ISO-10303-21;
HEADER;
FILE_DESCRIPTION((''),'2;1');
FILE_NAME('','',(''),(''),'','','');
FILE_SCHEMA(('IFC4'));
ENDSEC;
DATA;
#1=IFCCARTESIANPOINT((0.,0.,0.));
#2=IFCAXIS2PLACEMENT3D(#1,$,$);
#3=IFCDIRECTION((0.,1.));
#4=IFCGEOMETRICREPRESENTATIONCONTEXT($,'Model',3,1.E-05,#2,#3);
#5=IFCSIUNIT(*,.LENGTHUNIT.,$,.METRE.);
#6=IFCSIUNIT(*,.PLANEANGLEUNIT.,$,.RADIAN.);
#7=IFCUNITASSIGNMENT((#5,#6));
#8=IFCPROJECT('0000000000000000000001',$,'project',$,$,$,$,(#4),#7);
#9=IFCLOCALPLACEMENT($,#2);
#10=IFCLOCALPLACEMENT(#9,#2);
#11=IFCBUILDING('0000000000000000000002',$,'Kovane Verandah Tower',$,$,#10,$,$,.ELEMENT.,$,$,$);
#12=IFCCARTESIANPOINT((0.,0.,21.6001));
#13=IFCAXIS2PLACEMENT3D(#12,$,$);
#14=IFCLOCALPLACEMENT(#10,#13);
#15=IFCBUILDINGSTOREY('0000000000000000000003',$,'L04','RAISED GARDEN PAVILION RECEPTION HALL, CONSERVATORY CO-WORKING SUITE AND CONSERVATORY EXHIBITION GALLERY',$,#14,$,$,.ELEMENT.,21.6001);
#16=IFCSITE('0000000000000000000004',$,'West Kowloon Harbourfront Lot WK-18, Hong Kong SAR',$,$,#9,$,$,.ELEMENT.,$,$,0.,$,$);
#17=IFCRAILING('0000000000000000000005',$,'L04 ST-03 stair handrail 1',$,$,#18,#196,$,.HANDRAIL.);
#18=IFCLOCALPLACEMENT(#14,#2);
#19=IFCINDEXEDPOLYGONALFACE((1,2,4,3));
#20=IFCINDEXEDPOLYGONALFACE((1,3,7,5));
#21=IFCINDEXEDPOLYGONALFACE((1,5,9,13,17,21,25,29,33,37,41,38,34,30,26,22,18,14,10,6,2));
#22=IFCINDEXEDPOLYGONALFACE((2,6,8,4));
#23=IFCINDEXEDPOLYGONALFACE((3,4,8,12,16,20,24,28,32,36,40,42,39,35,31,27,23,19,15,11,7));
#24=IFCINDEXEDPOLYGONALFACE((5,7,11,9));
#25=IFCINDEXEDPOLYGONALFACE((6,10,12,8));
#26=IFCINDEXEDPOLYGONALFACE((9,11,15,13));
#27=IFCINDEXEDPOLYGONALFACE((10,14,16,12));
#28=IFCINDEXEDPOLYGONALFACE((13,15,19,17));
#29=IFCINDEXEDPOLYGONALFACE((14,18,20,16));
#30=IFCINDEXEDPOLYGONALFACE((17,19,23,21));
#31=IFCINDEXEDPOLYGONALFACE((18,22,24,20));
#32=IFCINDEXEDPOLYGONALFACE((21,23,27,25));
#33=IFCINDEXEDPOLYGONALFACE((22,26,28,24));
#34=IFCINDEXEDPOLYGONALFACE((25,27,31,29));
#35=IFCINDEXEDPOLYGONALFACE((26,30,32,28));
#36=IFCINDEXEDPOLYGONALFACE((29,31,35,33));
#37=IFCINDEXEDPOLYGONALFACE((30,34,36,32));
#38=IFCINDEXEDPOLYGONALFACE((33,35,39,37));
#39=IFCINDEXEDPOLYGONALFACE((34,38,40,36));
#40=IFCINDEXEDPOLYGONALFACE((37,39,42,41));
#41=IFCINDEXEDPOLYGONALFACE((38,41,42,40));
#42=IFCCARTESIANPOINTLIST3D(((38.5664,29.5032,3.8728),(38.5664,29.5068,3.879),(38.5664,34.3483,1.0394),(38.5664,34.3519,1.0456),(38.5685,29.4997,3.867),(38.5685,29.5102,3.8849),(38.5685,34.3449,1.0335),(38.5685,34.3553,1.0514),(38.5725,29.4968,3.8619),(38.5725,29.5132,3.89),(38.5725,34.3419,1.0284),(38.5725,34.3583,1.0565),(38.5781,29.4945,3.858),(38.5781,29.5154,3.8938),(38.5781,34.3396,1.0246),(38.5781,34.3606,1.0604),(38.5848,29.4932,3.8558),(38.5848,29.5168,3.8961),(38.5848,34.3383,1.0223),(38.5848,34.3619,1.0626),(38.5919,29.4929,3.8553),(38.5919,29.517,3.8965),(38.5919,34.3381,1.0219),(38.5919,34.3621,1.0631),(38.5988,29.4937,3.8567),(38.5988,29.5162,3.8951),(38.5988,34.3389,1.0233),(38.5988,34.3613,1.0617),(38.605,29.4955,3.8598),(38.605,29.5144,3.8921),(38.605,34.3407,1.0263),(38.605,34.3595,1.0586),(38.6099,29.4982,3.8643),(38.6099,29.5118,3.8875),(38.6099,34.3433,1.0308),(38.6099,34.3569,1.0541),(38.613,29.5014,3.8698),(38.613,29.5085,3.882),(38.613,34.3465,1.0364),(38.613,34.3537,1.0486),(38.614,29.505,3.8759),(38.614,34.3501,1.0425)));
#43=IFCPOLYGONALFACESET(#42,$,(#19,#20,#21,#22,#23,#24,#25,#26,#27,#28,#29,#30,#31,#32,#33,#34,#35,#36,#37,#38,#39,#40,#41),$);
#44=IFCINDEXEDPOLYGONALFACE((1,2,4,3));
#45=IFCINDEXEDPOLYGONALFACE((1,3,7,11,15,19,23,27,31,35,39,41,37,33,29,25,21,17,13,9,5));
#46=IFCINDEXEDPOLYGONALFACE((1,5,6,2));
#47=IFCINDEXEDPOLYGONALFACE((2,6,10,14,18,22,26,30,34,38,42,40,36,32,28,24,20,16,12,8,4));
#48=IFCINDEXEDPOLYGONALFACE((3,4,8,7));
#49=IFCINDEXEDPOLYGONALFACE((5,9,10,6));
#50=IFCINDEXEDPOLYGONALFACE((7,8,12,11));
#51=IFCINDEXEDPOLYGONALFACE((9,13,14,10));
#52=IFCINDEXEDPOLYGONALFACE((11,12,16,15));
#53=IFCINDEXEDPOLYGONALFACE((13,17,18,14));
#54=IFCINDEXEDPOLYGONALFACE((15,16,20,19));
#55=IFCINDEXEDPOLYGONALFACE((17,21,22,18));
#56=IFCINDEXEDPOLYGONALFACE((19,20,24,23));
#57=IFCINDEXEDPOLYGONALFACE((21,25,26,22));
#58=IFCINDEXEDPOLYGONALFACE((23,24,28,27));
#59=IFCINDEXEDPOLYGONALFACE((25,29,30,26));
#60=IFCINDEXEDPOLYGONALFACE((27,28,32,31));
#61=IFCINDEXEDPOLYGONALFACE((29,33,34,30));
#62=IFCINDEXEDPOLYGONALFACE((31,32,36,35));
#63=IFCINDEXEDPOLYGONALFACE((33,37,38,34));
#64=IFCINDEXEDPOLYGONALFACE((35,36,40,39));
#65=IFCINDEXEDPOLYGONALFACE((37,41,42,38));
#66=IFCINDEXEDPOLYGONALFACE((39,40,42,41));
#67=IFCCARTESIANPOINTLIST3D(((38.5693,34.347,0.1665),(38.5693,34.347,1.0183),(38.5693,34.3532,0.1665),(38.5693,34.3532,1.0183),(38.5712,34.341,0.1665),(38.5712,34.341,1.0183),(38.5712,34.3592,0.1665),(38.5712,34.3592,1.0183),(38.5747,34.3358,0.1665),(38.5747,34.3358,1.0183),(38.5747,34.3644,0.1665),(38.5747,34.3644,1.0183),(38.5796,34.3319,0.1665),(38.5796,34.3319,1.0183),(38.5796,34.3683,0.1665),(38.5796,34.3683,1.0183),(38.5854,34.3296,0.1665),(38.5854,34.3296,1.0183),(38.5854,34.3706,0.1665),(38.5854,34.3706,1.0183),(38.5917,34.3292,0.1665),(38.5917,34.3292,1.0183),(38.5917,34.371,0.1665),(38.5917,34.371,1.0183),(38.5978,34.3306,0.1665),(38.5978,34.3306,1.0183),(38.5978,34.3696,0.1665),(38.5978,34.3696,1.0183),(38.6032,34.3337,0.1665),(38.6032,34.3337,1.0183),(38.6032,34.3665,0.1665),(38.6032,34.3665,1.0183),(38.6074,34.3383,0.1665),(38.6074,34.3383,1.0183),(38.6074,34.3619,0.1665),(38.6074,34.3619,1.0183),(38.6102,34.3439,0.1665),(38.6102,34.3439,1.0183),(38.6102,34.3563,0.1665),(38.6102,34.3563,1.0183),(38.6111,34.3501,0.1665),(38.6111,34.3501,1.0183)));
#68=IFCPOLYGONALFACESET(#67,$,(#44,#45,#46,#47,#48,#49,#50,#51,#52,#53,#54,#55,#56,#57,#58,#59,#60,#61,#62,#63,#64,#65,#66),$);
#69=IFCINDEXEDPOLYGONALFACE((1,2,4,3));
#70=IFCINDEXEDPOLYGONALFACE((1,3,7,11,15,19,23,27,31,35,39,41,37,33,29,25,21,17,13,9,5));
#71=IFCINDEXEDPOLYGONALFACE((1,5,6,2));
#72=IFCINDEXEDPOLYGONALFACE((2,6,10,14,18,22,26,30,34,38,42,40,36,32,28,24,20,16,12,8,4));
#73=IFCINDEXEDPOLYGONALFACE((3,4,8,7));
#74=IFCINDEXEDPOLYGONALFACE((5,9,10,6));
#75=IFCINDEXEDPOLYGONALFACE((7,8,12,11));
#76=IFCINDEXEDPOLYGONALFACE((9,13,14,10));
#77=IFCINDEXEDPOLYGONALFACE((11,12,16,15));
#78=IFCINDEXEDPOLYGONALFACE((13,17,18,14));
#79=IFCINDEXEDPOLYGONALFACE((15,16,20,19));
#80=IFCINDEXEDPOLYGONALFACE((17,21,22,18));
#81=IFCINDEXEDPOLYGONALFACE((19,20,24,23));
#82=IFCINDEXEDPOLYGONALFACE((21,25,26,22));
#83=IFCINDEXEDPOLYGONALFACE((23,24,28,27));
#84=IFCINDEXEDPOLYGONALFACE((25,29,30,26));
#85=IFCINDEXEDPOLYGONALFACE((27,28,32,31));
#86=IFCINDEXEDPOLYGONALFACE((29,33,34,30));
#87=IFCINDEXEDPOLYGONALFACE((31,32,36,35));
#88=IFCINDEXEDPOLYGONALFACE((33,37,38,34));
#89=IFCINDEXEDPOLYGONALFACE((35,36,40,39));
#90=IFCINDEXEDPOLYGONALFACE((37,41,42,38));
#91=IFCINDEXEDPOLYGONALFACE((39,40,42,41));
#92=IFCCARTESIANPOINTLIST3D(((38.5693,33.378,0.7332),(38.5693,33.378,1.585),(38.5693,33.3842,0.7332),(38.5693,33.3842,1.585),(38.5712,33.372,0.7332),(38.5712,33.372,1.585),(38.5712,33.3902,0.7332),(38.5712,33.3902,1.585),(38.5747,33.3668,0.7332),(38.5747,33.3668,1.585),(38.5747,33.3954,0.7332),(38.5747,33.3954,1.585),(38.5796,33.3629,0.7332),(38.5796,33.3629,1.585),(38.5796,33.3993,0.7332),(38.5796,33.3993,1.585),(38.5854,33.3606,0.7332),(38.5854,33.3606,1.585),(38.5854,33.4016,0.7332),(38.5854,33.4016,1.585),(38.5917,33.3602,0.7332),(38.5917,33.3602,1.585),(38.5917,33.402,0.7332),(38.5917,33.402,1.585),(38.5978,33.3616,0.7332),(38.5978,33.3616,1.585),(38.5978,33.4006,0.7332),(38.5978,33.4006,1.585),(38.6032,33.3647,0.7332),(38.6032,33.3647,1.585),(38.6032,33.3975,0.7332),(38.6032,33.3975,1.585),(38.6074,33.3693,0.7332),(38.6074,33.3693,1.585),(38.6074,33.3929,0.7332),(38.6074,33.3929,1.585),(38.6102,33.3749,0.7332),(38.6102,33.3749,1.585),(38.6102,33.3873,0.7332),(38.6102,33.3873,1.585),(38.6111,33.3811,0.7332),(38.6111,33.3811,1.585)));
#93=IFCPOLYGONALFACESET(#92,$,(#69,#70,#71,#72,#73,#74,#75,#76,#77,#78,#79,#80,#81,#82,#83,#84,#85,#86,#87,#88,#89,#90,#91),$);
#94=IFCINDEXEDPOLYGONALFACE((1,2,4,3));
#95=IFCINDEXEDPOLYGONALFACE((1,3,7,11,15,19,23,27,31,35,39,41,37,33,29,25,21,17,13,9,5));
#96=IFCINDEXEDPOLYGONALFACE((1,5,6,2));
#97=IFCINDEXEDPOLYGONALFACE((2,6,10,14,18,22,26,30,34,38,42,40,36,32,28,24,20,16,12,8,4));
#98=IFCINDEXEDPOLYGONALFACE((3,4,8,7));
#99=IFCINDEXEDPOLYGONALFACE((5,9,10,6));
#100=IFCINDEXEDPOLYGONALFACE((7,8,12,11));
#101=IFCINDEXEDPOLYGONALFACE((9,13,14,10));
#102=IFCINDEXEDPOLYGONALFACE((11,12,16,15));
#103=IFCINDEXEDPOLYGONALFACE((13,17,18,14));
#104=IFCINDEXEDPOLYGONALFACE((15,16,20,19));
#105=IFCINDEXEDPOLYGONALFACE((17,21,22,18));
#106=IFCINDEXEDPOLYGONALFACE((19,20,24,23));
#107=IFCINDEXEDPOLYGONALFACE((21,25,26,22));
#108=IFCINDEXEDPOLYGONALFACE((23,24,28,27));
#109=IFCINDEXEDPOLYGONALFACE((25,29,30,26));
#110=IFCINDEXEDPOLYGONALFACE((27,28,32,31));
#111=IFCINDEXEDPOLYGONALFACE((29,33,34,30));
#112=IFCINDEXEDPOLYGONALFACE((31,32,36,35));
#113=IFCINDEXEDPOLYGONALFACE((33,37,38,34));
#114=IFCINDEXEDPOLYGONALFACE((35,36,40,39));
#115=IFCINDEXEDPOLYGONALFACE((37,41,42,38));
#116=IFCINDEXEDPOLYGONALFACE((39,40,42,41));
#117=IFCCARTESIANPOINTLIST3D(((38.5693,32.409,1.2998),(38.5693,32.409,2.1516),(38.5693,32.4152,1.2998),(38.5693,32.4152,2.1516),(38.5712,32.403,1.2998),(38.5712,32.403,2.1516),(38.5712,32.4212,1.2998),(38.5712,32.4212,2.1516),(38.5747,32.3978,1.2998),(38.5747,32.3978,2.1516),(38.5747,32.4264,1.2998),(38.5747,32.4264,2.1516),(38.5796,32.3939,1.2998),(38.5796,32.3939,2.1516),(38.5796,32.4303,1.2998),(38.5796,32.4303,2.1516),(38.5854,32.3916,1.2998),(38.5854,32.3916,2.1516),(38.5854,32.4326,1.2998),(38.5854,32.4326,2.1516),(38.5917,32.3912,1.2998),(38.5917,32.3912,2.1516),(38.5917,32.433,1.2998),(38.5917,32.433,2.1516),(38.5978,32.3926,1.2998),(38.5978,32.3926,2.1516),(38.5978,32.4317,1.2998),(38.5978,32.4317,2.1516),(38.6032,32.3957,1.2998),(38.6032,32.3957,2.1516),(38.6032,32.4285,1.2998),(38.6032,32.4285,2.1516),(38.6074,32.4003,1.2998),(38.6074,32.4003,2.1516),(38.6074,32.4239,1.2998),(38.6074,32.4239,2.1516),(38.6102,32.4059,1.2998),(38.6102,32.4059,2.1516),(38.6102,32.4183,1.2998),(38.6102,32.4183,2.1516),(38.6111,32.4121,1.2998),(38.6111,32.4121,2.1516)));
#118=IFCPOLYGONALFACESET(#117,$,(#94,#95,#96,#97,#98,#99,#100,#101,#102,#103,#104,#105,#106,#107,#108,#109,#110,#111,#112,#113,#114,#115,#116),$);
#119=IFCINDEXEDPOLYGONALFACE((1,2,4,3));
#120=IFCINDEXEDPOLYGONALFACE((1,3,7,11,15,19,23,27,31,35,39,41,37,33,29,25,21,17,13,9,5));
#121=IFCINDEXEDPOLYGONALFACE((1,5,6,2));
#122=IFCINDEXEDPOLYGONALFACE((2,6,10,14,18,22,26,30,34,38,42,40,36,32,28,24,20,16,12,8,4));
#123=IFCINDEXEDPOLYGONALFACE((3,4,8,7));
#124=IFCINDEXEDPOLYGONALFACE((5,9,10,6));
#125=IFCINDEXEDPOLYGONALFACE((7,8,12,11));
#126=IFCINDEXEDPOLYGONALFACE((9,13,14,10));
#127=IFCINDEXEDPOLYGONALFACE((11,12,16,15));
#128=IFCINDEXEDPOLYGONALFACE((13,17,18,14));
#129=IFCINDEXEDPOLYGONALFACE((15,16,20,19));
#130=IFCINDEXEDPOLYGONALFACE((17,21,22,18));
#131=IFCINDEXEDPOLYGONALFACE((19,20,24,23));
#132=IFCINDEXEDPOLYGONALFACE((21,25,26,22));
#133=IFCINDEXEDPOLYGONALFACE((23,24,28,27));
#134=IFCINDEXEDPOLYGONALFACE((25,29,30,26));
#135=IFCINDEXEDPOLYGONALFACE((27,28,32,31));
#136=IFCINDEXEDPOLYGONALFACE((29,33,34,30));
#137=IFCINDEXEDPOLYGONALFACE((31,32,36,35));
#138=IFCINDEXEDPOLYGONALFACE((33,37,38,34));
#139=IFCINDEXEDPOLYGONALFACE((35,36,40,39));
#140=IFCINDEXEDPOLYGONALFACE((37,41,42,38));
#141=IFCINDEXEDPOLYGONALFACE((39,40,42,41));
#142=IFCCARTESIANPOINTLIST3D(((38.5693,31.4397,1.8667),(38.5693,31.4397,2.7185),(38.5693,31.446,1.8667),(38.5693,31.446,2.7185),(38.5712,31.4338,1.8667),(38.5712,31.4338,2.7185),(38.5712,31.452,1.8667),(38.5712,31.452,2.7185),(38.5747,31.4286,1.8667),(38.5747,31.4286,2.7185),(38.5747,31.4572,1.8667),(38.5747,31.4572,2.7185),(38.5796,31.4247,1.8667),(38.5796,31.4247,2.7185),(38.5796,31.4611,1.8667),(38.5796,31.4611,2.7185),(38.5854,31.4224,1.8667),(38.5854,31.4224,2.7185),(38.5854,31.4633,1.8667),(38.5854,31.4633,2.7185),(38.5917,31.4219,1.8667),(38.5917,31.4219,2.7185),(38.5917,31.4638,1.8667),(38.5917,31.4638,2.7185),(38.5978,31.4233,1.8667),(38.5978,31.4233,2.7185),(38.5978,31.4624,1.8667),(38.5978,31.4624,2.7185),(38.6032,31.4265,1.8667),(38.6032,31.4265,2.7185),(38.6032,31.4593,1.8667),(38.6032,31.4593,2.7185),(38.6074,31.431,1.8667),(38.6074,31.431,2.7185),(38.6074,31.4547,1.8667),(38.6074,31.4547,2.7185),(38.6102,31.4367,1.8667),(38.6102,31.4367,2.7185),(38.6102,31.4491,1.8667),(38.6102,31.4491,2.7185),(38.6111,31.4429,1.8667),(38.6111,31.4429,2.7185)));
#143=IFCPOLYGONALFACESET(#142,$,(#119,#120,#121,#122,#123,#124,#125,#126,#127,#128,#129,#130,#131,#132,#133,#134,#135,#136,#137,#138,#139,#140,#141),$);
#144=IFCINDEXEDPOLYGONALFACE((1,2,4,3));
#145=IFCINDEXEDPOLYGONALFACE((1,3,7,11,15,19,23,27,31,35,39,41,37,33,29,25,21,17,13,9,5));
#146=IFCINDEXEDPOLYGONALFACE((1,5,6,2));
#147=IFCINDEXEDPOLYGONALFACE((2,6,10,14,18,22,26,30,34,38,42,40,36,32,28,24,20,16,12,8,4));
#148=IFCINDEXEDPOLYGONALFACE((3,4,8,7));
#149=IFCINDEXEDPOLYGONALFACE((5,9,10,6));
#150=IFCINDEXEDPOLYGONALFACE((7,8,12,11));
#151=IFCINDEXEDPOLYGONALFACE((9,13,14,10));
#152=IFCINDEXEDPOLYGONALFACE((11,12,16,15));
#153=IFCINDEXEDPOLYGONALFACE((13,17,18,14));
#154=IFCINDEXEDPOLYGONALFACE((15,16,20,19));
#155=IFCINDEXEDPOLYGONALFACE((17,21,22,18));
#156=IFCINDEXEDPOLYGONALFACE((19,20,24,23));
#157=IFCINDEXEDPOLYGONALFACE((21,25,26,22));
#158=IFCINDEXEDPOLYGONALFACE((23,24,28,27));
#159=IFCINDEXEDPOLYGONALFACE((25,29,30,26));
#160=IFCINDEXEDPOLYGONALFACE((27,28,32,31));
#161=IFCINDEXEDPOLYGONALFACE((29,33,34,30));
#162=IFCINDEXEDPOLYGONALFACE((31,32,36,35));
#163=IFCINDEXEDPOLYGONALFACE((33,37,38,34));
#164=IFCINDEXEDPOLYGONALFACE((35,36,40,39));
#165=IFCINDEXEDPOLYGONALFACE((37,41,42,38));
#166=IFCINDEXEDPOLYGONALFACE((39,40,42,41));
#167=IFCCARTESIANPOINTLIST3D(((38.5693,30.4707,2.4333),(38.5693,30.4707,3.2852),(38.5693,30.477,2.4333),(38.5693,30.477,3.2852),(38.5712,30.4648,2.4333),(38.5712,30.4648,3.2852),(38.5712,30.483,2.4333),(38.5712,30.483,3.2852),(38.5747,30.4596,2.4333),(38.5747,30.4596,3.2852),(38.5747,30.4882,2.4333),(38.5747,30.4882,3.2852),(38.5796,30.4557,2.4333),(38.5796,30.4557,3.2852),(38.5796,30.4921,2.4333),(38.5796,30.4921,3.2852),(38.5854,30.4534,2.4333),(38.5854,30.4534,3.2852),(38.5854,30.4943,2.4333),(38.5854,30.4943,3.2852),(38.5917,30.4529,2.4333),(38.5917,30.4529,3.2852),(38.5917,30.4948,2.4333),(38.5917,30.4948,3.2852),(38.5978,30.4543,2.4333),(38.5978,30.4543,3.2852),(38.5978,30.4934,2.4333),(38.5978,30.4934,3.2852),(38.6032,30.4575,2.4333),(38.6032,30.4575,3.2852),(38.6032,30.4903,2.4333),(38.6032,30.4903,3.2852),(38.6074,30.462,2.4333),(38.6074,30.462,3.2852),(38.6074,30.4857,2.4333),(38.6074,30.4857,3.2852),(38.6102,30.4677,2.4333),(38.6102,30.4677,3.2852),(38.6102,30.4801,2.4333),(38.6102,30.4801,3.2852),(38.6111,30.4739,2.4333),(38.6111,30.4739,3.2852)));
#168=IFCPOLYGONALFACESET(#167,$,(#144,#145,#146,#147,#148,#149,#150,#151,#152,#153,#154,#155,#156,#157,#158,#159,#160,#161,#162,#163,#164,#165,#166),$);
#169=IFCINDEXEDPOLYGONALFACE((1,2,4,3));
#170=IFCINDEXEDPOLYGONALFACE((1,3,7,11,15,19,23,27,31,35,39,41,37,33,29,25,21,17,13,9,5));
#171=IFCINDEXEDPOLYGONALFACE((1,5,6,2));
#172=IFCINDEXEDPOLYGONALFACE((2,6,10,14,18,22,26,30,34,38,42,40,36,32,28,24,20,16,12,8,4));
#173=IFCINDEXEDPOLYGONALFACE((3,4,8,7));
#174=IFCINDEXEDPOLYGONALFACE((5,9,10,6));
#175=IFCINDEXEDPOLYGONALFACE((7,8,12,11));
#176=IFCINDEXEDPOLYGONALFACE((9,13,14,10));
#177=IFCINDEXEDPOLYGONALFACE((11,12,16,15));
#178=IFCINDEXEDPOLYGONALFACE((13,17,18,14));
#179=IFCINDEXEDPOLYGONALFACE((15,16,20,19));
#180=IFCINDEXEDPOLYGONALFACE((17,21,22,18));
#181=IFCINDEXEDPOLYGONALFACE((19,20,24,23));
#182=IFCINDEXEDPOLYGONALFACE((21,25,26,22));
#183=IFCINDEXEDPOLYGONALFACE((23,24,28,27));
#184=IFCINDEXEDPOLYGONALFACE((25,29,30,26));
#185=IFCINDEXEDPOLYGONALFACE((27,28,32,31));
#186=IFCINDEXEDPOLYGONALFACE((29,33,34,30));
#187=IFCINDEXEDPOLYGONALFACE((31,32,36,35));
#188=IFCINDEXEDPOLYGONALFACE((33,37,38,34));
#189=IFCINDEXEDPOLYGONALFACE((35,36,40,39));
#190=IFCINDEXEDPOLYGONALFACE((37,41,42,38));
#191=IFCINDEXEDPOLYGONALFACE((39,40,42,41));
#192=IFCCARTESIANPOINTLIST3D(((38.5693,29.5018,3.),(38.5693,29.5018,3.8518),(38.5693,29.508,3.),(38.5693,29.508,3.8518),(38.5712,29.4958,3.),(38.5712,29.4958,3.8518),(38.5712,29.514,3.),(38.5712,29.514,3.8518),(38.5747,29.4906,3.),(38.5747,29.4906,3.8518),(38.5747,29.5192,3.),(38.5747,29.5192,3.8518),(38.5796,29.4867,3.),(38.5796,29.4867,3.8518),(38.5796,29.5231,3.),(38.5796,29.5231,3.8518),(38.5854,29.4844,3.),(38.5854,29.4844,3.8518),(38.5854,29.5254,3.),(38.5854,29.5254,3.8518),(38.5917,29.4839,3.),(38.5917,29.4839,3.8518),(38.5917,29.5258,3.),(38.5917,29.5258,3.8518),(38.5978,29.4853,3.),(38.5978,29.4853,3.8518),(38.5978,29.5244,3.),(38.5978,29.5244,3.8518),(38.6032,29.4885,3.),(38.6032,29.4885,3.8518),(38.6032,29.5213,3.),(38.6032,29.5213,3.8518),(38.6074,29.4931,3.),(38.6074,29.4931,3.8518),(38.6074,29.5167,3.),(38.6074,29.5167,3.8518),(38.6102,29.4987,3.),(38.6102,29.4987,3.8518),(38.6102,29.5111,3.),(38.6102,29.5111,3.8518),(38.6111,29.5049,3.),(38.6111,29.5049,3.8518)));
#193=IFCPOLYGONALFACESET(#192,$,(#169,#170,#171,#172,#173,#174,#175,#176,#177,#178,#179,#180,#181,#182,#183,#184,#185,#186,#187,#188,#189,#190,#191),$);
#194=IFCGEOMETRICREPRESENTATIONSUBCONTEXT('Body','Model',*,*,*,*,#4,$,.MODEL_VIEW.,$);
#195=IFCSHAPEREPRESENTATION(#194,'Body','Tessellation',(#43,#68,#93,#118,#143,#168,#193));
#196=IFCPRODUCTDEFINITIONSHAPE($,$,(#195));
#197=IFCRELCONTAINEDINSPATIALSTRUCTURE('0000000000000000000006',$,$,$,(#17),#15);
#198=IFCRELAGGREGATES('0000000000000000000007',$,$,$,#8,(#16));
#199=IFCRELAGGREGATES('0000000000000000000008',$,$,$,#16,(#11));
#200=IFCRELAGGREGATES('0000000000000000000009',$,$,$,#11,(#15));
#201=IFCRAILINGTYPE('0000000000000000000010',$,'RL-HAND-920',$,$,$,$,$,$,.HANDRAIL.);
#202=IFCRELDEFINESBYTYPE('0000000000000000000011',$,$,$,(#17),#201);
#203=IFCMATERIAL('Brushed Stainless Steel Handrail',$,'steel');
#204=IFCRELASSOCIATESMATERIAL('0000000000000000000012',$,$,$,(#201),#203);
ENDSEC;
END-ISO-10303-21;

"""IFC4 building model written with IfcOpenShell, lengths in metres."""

from ifc_helpers import new_model, si_unit, direction, frame, origin, origin_2d, place, context, subcontext, project, spatial, circle, extrude, material, type_object, element, save


model = new_model("IFC4")

# Units and contexts
model_context = context("Model", 3, precision=1e-05, world=origin(), true_north=direction((0.0, 1.0)))
body_context = subcontext(model_context, "Body", "Model", "MODEL_VIEW")
ifc_project = project(units=[si_unit("LENGTHUNIT", "METRE"), si_unit("PLANEANGLEUNIT", "RADIAN")], contexts=[model_context])

# Site, building, storey
site_placement = place(None, origin())
site = spatial("IfcSite", under=ifc_project, at=site_placement, Name="West Kowloon Harbourfront Lot WK-18, Hong Kong SAR", CompositionType="ELEMENT", RefElevation=0.0)
building_placement = place(site_placement, origin())
building = spatial("IfcBuilding", under=site, at=building_placement, Name="Kovane Verandah Tower", CompositionType="ELEMENT")
storey_placement = place(building_placement, frame((0.0, 0.0, 21.6001)))
storey = spatial("IfcBuildingStorey", under=building, at=storey_placement, Name="L04", Description="RAISED GARDEN PAVILION RECEPTION HALL, CONSERVATORY CO-WORKING SUITE AND CONSERVATORY EXHIBITION GALLERY", CompositionType="ELEMENT", Elevation=21.6001)

# Railing
ifc_material_1 = material(Name="Brushed Stainless Steel Handrail", Category="steel")
railing_type_1 = type_object("IfcRailingType", Name="RL-HAND-920", PredefinedType="HANDRAIL", material=ifc_material_1)
railing_1_placement = place(storey_placement, frame((38.5901, 34.3501, 0.1665)))
element("IfcRailing", 1, at=railing_1_placement, inside=storey, type_object=railing_type_1, Name="L04 ST-03 stair handrail 1", PredefinedType="HANDRAIL", context=body_context, shape_type="SweptSolid", body=[
    extrude(circle(Radius=0.0239, at=origin_2d()), frame((0.0, 0.0, 0.876), z_axis=(0.0, -0.863226, 0.504817), x_axis=(1.0, 0.0, 0.0)), (0.0, 0.0, 1.0), 5.6128),
    extrude(circle(Radius=0.021, at=origin_2d()), origin(), (0.0, 0.0, 1.0), 0.8518),
    extrude(circle(Radius=0.021, at=origin_2d()), frame((0.0, -0.969, 0.5667)), (0.0, 0.0, 1.0), 0.8518),
    extrude(circle(Radius=0.021, at=origin_2d()), frame((0.0, -1.938, 1.1333)), (0.0, 0.0, 1.0), 0.8518),
    extrude(circle(Radius=0.021, at=origin_2d()), frame((0.0, -2.9072, 1.7002)), (0.0, 0.0, 1.0), 0.8518),
    extrude(circle(Radius=0.021, at=origin_2d()), frame((0.0, -3.8762, 2.2668)), (0.0, 0.0, 1.0), 0.8518),
    extrude(circle(Radius=0.021, at=origin_2d()), frame((0.0, -4.8452, 2.8335)), (0.0, 0.0, 1.0), 0.8518),
])

save(model, "model.ifc")
